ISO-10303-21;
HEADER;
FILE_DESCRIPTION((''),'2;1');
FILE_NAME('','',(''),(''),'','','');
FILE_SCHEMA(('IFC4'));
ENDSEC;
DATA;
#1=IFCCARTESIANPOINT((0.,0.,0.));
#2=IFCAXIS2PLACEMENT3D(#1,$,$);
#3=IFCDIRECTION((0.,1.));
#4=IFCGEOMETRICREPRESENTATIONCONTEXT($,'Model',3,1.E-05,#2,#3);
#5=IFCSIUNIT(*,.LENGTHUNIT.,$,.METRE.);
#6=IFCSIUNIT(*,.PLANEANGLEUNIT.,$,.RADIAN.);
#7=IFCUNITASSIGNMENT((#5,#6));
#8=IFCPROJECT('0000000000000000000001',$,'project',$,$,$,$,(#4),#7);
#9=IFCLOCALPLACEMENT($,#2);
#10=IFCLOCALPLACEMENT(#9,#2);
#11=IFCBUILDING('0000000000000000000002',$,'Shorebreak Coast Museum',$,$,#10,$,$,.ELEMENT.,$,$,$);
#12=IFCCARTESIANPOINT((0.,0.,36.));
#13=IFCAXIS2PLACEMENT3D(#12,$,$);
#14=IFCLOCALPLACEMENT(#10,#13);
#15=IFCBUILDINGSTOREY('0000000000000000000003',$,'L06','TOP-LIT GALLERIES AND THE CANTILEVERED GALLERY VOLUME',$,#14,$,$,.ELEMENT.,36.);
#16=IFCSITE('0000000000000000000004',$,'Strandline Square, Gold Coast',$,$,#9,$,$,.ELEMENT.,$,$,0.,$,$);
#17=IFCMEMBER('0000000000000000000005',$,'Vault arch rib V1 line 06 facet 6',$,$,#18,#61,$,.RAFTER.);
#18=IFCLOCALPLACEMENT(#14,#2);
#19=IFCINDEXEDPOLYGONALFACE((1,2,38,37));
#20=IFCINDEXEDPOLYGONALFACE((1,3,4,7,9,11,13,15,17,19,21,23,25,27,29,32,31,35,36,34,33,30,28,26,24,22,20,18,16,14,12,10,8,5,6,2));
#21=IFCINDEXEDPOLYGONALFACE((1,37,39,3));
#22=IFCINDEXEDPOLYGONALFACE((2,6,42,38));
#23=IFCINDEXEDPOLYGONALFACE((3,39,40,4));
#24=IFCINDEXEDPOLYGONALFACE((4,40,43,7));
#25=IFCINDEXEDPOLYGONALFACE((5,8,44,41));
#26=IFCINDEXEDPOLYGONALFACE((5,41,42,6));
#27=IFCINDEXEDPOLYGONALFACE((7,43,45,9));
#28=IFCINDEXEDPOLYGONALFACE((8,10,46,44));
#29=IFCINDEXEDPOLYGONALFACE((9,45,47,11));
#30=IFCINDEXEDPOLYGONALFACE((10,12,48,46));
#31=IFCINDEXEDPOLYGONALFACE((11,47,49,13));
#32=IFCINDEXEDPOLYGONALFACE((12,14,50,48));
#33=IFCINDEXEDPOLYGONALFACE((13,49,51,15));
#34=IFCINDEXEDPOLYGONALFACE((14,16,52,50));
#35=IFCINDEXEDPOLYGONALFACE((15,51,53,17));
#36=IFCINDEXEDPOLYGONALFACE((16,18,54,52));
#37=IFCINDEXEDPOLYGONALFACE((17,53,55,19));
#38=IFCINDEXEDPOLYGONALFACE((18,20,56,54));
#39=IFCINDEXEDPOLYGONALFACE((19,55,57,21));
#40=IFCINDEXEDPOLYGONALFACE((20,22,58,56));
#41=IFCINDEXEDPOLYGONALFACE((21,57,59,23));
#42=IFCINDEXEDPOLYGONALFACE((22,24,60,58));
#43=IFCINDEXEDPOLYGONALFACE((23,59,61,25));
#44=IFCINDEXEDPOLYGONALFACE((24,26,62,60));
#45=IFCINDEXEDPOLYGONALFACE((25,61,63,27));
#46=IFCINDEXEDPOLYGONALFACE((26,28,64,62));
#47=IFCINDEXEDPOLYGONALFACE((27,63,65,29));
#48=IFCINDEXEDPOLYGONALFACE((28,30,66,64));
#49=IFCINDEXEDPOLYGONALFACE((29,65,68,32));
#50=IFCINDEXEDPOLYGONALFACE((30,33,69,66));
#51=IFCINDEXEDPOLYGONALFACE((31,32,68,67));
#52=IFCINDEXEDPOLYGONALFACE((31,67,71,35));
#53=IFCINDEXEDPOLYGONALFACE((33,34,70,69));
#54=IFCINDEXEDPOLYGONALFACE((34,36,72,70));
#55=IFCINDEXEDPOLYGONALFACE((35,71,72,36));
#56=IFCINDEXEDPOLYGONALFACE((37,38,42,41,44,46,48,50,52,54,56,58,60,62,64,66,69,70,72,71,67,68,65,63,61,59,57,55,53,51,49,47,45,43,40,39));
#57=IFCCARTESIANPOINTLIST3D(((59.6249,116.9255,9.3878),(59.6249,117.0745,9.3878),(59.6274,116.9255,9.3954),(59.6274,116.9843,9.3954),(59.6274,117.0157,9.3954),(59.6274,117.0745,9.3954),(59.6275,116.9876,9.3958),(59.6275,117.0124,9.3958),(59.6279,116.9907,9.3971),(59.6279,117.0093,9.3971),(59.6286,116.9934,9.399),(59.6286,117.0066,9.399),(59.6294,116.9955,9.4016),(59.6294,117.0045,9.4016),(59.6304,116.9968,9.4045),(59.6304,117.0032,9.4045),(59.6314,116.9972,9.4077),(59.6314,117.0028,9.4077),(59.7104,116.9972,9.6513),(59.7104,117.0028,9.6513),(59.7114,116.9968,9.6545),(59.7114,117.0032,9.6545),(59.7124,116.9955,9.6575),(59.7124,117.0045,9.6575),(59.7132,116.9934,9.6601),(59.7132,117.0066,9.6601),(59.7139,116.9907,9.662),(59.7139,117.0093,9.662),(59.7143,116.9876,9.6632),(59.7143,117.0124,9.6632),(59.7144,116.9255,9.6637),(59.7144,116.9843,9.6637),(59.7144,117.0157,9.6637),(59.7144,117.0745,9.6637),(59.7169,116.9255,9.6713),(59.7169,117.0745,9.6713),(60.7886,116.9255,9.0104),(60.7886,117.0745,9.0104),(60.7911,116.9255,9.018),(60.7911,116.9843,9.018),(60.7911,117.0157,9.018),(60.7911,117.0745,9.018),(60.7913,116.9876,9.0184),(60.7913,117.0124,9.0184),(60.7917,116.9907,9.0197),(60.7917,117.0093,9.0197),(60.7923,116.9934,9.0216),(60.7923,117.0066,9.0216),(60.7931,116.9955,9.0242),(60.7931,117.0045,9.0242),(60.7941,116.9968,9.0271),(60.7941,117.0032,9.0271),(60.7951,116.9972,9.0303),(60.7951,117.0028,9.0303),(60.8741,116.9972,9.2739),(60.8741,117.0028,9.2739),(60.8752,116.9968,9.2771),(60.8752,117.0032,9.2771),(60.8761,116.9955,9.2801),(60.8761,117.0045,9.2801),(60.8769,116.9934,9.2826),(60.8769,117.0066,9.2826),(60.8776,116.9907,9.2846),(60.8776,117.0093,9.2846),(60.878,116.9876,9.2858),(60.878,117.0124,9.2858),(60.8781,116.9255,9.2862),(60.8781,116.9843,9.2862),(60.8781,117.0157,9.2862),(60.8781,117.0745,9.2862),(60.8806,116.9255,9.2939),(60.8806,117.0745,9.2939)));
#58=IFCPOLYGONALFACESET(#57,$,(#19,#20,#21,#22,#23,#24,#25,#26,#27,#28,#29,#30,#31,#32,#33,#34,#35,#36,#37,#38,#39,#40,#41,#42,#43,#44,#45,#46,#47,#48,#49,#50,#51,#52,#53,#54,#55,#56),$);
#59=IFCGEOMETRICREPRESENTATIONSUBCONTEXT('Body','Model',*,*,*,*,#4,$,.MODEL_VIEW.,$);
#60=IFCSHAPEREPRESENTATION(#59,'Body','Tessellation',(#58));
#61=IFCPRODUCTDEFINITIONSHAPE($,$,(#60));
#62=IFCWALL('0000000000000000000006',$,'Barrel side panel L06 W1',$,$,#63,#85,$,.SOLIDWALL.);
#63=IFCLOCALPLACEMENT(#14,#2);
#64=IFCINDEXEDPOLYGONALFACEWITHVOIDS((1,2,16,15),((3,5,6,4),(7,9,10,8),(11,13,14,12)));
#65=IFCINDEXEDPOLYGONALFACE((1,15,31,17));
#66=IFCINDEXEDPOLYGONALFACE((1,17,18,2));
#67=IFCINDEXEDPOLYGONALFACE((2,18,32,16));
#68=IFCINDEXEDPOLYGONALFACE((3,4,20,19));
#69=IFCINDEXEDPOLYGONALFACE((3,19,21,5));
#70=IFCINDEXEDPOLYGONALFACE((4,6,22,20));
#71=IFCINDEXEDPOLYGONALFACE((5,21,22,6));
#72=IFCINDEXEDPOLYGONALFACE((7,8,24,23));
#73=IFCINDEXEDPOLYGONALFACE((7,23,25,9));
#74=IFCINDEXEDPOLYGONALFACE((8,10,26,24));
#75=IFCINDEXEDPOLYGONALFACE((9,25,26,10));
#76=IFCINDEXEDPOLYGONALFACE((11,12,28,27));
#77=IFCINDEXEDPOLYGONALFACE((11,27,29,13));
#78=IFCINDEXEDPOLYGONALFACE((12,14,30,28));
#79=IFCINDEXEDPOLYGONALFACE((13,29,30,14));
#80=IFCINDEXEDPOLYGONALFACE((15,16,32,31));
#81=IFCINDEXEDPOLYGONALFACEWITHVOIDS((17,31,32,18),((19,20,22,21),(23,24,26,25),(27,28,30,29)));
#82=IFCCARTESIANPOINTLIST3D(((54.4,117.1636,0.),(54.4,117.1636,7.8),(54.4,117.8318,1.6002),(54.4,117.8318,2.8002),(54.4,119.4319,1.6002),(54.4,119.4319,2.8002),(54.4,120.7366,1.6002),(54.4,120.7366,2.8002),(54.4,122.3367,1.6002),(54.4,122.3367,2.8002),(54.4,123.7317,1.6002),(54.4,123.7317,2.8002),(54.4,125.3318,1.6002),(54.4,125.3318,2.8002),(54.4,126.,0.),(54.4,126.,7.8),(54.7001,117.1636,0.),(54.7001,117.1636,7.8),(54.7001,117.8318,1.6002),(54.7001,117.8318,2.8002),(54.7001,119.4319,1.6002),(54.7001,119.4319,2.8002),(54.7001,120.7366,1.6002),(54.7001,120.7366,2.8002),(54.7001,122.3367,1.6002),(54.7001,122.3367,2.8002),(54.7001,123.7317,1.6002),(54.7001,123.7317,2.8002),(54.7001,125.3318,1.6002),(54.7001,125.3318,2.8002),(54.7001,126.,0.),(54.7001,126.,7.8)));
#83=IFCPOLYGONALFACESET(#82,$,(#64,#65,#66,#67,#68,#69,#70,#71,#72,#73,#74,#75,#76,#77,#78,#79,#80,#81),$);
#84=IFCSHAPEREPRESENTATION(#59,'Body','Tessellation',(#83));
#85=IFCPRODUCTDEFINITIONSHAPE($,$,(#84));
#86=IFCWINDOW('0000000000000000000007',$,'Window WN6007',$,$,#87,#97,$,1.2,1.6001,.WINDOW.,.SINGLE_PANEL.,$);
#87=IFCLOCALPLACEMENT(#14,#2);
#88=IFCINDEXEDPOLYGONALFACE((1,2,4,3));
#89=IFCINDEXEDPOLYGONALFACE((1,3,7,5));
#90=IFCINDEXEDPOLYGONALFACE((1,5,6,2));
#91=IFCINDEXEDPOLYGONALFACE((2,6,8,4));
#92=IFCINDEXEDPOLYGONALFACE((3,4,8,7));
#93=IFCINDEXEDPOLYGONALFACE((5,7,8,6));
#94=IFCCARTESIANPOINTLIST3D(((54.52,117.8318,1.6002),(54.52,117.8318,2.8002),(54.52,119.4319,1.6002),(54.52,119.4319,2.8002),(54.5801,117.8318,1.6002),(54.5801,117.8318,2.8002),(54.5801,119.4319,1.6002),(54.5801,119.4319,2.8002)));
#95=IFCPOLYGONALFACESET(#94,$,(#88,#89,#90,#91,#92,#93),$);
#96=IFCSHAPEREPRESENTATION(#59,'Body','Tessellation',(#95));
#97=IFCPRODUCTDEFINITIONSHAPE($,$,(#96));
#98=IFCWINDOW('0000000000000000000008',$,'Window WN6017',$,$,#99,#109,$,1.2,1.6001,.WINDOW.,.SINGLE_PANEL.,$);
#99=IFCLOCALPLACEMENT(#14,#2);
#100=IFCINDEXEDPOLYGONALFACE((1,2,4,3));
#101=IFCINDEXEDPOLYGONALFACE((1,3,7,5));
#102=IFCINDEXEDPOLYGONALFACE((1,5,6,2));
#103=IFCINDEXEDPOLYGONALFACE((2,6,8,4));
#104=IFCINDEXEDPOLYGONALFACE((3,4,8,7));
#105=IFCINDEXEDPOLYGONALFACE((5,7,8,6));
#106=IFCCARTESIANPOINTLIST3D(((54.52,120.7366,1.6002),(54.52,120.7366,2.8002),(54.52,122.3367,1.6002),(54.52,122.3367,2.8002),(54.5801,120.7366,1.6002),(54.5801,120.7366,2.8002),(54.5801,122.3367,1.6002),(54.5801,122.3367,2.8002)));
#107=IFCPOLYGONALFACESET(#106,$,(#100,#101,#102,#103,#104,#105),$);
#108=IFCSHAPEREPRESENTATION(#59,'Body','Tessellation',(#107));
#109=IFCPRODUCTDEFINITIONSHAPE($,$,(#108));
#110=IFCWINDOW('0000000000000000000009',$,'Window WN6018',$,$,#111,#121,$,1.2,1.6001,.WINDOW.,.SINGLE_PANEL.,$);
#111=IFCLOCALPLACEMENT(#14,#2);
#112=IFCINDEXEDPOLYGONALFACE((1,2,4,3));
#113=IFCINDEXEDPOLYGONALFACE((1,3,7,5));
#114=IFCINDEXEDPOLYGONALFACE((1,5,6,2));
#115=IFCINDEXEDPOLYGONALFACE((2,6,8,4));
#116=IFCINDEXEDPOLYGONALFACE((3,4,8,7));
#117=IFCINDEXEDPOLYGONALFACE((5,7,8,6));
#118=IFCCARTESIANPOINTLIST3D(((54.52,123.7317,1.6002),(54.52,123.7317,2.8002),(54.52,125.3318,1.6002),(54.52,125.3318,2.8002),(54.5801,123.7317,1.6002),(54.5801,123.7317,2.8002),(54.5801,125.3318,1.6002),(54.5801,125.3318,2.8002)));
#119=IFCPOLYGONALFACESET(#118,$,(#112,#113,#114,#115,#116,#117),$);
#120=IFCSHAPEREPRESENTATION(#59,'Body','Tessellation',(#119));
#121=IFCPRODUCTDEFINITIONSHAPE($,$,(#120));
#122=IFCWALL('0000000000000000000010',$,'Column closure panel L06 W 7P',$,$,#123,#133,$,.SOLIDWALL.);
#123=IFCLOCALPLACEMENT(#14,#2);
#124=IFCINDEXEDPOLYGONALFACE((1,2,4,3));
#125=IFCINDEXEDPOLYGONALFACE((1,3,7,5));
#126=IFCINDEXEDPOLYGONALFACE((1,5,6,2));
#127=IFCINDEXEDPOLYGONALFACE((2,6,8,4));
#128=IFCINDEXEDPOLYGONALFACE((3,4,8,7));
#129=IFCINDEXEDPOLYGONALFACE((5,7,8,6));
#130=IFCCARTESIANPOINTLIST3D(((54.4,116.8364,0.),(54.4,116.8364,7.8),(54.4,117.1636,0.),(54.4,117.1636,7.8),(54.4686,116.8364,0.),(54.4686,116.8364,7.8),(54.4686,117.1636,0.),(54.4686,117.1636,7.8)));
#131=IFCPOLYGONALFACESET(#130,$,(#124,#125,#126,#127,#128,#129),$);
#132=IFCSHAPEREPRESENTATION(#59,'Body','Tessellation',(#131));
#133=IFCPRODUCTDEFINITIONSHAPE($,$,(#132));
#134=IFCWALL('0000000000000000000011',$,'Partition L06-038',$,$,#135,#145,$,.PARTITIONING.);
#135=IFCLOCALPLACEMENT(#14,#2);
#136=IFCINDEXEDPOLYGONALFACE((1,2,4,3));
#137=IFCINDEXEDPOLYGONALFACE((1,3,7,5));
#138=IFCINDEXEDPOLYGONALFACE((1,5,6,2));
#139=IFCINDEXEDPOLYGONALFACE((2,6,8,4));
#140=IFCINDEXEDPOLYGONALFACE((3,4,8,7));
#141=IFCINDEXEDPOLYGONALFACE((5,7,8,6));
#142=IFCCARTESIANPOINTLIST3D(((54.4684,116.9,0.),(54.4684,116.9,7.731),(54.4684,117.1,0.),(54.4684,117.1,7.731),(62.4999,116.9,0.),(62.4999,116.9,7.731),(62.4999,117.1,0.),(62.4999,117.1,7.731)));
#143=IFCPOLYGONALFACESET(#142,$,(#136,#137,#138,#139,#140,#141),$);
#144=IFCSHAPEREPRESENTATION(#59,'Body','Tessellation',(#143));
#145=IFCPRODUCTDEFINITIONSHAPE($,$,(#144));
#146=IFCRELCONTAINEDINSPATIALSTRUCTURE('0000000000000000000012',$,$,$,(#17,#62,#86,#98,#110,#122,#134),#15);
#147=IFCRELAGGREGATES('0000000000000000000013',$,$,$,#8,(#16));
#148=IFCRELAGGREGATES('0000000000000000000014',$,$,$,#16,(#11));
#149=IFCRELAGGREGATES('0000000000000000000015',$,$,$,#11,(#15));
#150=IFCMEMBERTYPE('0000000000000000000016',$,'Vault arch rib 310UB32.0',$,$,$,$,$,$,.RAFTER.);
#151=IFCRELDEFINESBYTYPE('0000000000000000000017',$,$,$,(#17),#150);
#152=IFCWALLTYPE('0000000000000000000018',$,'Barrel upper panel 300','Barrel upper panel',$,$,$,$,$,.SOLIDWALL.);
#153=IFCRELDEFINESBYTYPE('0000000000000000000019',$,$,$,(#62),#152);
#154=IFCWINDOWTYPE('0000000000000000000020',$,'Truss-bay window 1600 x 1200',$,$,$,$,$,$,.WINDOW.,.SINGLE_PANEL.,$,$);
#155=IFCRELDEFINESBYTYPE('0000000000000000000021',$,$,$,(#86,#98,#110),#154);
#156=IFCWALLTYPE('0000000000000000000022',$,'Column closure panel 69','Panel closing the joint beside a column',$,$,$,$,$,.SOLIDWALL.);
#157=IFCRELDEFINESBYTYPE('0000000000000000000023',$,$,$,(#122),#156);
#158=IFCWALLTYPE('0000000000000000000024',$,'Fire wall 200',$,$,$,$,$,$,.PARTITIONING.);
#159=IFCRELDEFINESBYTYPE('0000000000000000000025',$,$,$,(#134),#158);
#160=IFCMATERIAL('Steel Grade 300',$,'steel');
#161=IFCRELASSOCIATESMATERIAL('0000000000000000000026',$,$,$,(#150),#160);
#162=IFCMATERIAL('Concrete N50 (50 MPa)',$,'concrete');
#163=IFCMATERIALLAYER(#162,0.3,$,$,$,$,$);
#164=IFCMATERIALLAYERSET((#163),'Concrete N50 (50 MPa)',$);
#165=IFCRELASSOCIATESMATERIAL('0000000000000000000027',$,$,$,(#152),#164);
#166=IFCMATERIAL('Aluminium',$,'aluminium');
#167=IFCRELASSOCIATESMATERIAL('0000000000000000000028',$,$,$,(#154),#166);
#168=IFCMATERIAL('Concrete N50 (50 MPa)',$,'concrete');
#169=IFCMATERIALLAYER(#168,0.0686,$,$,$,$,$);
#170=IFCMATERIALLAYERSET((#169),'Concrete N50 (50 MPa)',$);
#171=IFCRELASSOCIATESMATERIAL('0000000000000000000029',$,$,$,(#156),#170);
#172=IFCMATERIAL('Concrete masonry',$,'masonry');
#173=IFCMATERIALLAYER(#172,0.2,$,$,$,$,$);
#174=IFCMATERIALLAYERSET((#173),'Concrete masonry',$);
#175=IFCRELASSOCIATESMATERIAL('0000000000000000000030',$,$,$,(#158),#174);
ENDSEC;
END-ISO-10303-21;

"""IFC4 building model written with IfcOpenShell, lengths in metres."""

from ifc_helpers import new_model, si_unit, direction, frame, frame_2d, origin, origin_2d, place, context, subcontext, project, spatial, rectangle, i_section, extrude, material, layer, layer_set, material_profile, profile_set, type_object, element, fill, save


model = new_model("IFC4")

# Units and contexts
model_context = context("Model", 3, precision=1e-05, world=origin(), true_north=direction((0.0, 1.0)))
body_context = subcontext(model_context, "Body", "Model", "MODEL_VIEW")
ifc_project = project(units=[si_unit("LENGTHUNIT", "METRE"), si_unit("PLANEANGLEUNIT", "RADIAN")], contexts=[model_context])

# Site, building, storey
site_placement = place(None, origin())
site = spatial("IfcSite", under=ifc_project, at=site_placement, Name="Strandline Square, Gold Coast", CompositionType="ELEMENT", RefElevation=0.0)
building_placement = place(site_placement, origin())
building = spatial("IfcBuilding", under=site, at=building_placement, Name="Shorebreak Coast Museum", CompositionType="ELEMENT")
storey_placement = place(building_placement, frame((0.0, 0.0, 36.0)))
storey = spatial("IfcBuildingStorey", under=building, at=storey_placement, Name="L06", Description="TOP-LIT GALLERIES AND THE CANTILEVERED GALLERY VOLUME", CompositionType="ELEMENT", Elevation=36.0)

# Member
ifc_material_1 = material(Name="Steel Grade 300", Category="steel")
ifc_material_profile_1 = material_profile(ifc_material_1, i_section(OverallWidth=0.1489, OverallDepth=0.2981, WebThickness=0.0056, FlangeThickness=0.0081, FilletRadius=0.0129, at=origin_2d()), Name="310UB32.0")
ifc_profile_set_1 = profile_set([ifc_material_profile_1], Name="Steel Grade 300")
member_type_1 = type_object("IfcMemberType", Name="Vault arch rib 310UB32.0", PredefinedType="RAFTER", material=ifc_profile_set_1)
for number, where, z_axis, x_axis, name in (
    (1, (59.6709, 117.0, 9.5295), (0.951226, 0.0, -0.308495), (0.0, 1.0, 0.0), "Vault arch rib V1 line 06 facet 6"),
):
    element("IfcMember", number, at=place(storey_placement, frame(where, z_axis=z_axis, x_axis=x_axis)), inside=storey, type_object=member_type_1, Name=name, PredefinedType="RAFTER", context=body_context, shape_type="SweptSolid", body=[
        extrude(i_section(OverallWidth=0.1489, OverallDepth=0.2981, WebThickness=0.0056, FlangeThickness=0.0081, FilletRadius=0.0129, at=origin_2d()), origin(), (0.0, 0.0, 1.0), 1.2234),
    ])

# Wall, openings, windows
ifc_material_2 = material(Name="Concrete N50 (50 MPa)", Category="concrete")
ifc_layer_1 = layer(ifc_material_2, 0.3)
ifc_layer_set_1 = layer_set([ifc_layer_1], Name="Concrete N50 (50 MPa)")
wall_type_1 = type_object("IfcWallType", Name="Barrel upper panel 300", Description="Barrel upper panel", PredefinedType="SOLIDWALL", material=ifc_layer_set_1)
wall_1_placement = place(storey_placement, frame((54.55, 117.1636, 0.0), z_axis=(0.0, 0.0, 1.0), x_axis=(0.0, 1.0, 0.0)))
wall_1 = element("IfcWall", 2, at=wall_1_placement, inside=storey, type_object=wall_type_1, Name="Barrel side panel L06 W1", PredefinedType="SOLIDWALL", context=body_context, shape_type="SweptSolid", body=[
    extrude(rectangle(XDim=8.8364, YDim=0.3, at=frame_2d((4.4182, 0.0))), origin(), (0.0, 0.0, 1.0), 7.8),
])
opening_1_placement = place(wall_1_placement, frame((0.6682, 0.0, 1.6001)))
opening_1 = element("IfcOpeningElement", 3, at=opening_1_placement, cuts=wall_1, PredefinedType="OPENING", context=body_context, shape_type="SweptSolid", body=[
    extrude(rectangle(XDim=1.6001, YDim=1.2, at=frame_2d((0.8, 0.6001))), frame((0.0, 0.1599, 0.0), z_axis=(0.0, -1.0, 0.0), x_axis=(1.0, 0.0, 0.0)), (0.0, 0.0, 1.0), 0.3201),
])
opening_2_placement = place(wall_1_placement, frame((3.573, 0.0, 1.6001)))
opening_2 = element("IfcOpeningElement", 4, at=opening_2_placement, cuts=wall_1, PredefinedType="OPENING", context=body_context, shape_type="SweptSolid", body=[
    extrude(rectangle(XDim=1.6001, YDim=1.2, at=frame_2d((0.8, 0.6001))), frame((0.0, 0.1599, 0.0), z_axis=(0.0, -1.0, 0.0), x_axis=(1.0, 0.0, 0.0)), (0.0, 0.0, 1.0), 0.3201),
])
opening_3_placement = place(wall_1_placement, frame((6.5681, 0.0, 1.6001)))
opening_3 = element("IfcOpeningElement", 5, at=opening_3_placement, cuts=wall_1, PredefinedType="OPENING", context=body_context, shape_type="SweptSolid", body=[
    extrude(rectangle(XDim=1.6001, YDim=1.2, at=frame_2d((0.8, 0.6001))), frame((0.0, 0.1599, 0.0), z_axis=(0.0, -1.0, 0.0), x_axis=(1.0, 0.0, 0.0)), (0.0, 0.0, 1.0), 0.3201),
])
ifc_material_3 = material(Name="Aluminium", Category="aluminium")
window_type = type_object("IfcWindowType", Name="Truss-bay window 1600 x 1200", PartitioningType="SINGLE_PANEL", PredefinedType="WINDOW", material=ifc_material_3)
window_1_placement = place(opening_1_placement, origin())
window_1 = element("IfcWindow", 6, at=window_1_placement, inside=storey, type_object=window_type, Name="Window WN6007", OverallHeight=1.2, OverallWidth=1.6001, PartitioningType="SINGLE_PANEL", PredefinedType="WINDOW", context=body_context, shape_type="SweptSolid", body=[
    extrude(rectangle(XDim=1.6001, YDim=1.2, at=frame_2d((0.8, 0.6001))), frame((0.0, 0.03, 0.0), z_axis=(0.0, -1.0, 0.0), x_axis=(1.0, 0.0, 0.0)), (0.0, 0.0, 1.0), 0.0601),
])
fill(opening_1, window_1)
window_2_placement = place(opening_2_placement, origin())
window_2 = element("IfcWindow", 7, at=window_2_placement, inside=storey, type_object=window_type, Name="Window WN6017", OverallHeight=1.2, OverallWidth=1.6001, PartitioningType="SINGLE_PANEL", PredefinedType="WINDOW", context=body_context, shape_type="SweptSolid", body=[
    extrude(rectangle(XDim=1.6001, YDim=1.2, at=frame_2d((0.8, 0.6001))), frame((0.0, 0.03, 0.0), z_axis=(0.0, -1.0, 0.0), x_axis=(1.0, 0.0, 0.0)), (0.0, 0.0, 1.0), 0.0601),
])
fill(opening_2, window_2)
window_3_placement = place(opening_3_placement, origin())
window_3 = element("IfcWindow", 8, at=window_3_placement, inside=storey, type_object=window_type, Name="Window WN6018", OverallHeight=1.2, OverallWidth=1.6001, PartitioningType="SINGLE_PANEL", PredefinedType="WINDOW", context=body_context, shape_type="SweptSolid", body=[
    extrude(rectangle(XDim=1.6001, YDim=1.2, at=frame_2d((0.8, 0.6001))), frame((0.0, 0.03, 0.0), z_axis=(0.0, -1.0, 0.0), x_axis=(1.0, 0.0, 0.0)), (0.0, 0.0, 1.0), 0.0601),
])
fill(opening_3, window_3)

# Walls
ifc_material_4 = material(Name="Concrete N50 (50 MPa)", Category="concrete")
ifc_layer_2 = layer(ifc_material_4, 0.0686)
ifc_layer_set_2 = layer_set([ifc_layer_2], Name="Concrete N50 (50 MPa)")
wall_type_2 = type_object("IfcWallType", Name="Column closure panel 69", Description="Panel closing the joint beside a column", PredefinedType="SOLIDWALL", material=ifc_layer_set_2)
wall_2_placement = place(storey_placement, frame((54.4343, 116.8364, 0.0), z_axis=(0.0, 0.0, 1.0), x_axis=(0.0, 1.0, 0.0)))
element("IfcWall", 9, at=wall_2_placement, inside=storey, type_object=wall_type_2, Name="Column closure panel L06 W 7P", PredefinedType="SOLIDWALL", context=body_context, shape_type="SweptSolid", body=[
    extrude(rectangle(XDim=0.3271, YDim=0.0686, at=frame_2d((0.1636, 0.0))), origin(), (0.0, 0.0, 1.0), 7.8),
])
ifc_material_5 = material(Name="Concrete masonry", Category="masonry")
ifc_layer_3 = layer(ifc_material_5, 0.2)
ifc_layer_set_3 = layer_set([ifc_layer_3], Name="Concrete masonry")
wall_type_3 = type_object("IfcWallType", Name="Fire wall 200", PredefinedType="PARTITIONING", material=ifc_layer_set_3)
wall_3_placement = place(storey_placement, frame((54.4685, 117.0, 0.0), z_axis=(0.0, 0.0, 1.0), x_axis=(1.0, 0.0, 0.0)))
element("IfcWall", 10, at=wall_3_placement, inside=storey, type_object=wall_type_3, Name="Partition L06-038", PredefinedType="PARTITIONING", context=body_context, shape_type="SweptSolid", body=[
    extrude(rectangle(XDim=8.0315, YDim=0.2, at=frame_2d((4.0156, 0.0))), origin(), (0.0, 0.0, 1.0), 7.731),
])

save(model, "model.ifc")
